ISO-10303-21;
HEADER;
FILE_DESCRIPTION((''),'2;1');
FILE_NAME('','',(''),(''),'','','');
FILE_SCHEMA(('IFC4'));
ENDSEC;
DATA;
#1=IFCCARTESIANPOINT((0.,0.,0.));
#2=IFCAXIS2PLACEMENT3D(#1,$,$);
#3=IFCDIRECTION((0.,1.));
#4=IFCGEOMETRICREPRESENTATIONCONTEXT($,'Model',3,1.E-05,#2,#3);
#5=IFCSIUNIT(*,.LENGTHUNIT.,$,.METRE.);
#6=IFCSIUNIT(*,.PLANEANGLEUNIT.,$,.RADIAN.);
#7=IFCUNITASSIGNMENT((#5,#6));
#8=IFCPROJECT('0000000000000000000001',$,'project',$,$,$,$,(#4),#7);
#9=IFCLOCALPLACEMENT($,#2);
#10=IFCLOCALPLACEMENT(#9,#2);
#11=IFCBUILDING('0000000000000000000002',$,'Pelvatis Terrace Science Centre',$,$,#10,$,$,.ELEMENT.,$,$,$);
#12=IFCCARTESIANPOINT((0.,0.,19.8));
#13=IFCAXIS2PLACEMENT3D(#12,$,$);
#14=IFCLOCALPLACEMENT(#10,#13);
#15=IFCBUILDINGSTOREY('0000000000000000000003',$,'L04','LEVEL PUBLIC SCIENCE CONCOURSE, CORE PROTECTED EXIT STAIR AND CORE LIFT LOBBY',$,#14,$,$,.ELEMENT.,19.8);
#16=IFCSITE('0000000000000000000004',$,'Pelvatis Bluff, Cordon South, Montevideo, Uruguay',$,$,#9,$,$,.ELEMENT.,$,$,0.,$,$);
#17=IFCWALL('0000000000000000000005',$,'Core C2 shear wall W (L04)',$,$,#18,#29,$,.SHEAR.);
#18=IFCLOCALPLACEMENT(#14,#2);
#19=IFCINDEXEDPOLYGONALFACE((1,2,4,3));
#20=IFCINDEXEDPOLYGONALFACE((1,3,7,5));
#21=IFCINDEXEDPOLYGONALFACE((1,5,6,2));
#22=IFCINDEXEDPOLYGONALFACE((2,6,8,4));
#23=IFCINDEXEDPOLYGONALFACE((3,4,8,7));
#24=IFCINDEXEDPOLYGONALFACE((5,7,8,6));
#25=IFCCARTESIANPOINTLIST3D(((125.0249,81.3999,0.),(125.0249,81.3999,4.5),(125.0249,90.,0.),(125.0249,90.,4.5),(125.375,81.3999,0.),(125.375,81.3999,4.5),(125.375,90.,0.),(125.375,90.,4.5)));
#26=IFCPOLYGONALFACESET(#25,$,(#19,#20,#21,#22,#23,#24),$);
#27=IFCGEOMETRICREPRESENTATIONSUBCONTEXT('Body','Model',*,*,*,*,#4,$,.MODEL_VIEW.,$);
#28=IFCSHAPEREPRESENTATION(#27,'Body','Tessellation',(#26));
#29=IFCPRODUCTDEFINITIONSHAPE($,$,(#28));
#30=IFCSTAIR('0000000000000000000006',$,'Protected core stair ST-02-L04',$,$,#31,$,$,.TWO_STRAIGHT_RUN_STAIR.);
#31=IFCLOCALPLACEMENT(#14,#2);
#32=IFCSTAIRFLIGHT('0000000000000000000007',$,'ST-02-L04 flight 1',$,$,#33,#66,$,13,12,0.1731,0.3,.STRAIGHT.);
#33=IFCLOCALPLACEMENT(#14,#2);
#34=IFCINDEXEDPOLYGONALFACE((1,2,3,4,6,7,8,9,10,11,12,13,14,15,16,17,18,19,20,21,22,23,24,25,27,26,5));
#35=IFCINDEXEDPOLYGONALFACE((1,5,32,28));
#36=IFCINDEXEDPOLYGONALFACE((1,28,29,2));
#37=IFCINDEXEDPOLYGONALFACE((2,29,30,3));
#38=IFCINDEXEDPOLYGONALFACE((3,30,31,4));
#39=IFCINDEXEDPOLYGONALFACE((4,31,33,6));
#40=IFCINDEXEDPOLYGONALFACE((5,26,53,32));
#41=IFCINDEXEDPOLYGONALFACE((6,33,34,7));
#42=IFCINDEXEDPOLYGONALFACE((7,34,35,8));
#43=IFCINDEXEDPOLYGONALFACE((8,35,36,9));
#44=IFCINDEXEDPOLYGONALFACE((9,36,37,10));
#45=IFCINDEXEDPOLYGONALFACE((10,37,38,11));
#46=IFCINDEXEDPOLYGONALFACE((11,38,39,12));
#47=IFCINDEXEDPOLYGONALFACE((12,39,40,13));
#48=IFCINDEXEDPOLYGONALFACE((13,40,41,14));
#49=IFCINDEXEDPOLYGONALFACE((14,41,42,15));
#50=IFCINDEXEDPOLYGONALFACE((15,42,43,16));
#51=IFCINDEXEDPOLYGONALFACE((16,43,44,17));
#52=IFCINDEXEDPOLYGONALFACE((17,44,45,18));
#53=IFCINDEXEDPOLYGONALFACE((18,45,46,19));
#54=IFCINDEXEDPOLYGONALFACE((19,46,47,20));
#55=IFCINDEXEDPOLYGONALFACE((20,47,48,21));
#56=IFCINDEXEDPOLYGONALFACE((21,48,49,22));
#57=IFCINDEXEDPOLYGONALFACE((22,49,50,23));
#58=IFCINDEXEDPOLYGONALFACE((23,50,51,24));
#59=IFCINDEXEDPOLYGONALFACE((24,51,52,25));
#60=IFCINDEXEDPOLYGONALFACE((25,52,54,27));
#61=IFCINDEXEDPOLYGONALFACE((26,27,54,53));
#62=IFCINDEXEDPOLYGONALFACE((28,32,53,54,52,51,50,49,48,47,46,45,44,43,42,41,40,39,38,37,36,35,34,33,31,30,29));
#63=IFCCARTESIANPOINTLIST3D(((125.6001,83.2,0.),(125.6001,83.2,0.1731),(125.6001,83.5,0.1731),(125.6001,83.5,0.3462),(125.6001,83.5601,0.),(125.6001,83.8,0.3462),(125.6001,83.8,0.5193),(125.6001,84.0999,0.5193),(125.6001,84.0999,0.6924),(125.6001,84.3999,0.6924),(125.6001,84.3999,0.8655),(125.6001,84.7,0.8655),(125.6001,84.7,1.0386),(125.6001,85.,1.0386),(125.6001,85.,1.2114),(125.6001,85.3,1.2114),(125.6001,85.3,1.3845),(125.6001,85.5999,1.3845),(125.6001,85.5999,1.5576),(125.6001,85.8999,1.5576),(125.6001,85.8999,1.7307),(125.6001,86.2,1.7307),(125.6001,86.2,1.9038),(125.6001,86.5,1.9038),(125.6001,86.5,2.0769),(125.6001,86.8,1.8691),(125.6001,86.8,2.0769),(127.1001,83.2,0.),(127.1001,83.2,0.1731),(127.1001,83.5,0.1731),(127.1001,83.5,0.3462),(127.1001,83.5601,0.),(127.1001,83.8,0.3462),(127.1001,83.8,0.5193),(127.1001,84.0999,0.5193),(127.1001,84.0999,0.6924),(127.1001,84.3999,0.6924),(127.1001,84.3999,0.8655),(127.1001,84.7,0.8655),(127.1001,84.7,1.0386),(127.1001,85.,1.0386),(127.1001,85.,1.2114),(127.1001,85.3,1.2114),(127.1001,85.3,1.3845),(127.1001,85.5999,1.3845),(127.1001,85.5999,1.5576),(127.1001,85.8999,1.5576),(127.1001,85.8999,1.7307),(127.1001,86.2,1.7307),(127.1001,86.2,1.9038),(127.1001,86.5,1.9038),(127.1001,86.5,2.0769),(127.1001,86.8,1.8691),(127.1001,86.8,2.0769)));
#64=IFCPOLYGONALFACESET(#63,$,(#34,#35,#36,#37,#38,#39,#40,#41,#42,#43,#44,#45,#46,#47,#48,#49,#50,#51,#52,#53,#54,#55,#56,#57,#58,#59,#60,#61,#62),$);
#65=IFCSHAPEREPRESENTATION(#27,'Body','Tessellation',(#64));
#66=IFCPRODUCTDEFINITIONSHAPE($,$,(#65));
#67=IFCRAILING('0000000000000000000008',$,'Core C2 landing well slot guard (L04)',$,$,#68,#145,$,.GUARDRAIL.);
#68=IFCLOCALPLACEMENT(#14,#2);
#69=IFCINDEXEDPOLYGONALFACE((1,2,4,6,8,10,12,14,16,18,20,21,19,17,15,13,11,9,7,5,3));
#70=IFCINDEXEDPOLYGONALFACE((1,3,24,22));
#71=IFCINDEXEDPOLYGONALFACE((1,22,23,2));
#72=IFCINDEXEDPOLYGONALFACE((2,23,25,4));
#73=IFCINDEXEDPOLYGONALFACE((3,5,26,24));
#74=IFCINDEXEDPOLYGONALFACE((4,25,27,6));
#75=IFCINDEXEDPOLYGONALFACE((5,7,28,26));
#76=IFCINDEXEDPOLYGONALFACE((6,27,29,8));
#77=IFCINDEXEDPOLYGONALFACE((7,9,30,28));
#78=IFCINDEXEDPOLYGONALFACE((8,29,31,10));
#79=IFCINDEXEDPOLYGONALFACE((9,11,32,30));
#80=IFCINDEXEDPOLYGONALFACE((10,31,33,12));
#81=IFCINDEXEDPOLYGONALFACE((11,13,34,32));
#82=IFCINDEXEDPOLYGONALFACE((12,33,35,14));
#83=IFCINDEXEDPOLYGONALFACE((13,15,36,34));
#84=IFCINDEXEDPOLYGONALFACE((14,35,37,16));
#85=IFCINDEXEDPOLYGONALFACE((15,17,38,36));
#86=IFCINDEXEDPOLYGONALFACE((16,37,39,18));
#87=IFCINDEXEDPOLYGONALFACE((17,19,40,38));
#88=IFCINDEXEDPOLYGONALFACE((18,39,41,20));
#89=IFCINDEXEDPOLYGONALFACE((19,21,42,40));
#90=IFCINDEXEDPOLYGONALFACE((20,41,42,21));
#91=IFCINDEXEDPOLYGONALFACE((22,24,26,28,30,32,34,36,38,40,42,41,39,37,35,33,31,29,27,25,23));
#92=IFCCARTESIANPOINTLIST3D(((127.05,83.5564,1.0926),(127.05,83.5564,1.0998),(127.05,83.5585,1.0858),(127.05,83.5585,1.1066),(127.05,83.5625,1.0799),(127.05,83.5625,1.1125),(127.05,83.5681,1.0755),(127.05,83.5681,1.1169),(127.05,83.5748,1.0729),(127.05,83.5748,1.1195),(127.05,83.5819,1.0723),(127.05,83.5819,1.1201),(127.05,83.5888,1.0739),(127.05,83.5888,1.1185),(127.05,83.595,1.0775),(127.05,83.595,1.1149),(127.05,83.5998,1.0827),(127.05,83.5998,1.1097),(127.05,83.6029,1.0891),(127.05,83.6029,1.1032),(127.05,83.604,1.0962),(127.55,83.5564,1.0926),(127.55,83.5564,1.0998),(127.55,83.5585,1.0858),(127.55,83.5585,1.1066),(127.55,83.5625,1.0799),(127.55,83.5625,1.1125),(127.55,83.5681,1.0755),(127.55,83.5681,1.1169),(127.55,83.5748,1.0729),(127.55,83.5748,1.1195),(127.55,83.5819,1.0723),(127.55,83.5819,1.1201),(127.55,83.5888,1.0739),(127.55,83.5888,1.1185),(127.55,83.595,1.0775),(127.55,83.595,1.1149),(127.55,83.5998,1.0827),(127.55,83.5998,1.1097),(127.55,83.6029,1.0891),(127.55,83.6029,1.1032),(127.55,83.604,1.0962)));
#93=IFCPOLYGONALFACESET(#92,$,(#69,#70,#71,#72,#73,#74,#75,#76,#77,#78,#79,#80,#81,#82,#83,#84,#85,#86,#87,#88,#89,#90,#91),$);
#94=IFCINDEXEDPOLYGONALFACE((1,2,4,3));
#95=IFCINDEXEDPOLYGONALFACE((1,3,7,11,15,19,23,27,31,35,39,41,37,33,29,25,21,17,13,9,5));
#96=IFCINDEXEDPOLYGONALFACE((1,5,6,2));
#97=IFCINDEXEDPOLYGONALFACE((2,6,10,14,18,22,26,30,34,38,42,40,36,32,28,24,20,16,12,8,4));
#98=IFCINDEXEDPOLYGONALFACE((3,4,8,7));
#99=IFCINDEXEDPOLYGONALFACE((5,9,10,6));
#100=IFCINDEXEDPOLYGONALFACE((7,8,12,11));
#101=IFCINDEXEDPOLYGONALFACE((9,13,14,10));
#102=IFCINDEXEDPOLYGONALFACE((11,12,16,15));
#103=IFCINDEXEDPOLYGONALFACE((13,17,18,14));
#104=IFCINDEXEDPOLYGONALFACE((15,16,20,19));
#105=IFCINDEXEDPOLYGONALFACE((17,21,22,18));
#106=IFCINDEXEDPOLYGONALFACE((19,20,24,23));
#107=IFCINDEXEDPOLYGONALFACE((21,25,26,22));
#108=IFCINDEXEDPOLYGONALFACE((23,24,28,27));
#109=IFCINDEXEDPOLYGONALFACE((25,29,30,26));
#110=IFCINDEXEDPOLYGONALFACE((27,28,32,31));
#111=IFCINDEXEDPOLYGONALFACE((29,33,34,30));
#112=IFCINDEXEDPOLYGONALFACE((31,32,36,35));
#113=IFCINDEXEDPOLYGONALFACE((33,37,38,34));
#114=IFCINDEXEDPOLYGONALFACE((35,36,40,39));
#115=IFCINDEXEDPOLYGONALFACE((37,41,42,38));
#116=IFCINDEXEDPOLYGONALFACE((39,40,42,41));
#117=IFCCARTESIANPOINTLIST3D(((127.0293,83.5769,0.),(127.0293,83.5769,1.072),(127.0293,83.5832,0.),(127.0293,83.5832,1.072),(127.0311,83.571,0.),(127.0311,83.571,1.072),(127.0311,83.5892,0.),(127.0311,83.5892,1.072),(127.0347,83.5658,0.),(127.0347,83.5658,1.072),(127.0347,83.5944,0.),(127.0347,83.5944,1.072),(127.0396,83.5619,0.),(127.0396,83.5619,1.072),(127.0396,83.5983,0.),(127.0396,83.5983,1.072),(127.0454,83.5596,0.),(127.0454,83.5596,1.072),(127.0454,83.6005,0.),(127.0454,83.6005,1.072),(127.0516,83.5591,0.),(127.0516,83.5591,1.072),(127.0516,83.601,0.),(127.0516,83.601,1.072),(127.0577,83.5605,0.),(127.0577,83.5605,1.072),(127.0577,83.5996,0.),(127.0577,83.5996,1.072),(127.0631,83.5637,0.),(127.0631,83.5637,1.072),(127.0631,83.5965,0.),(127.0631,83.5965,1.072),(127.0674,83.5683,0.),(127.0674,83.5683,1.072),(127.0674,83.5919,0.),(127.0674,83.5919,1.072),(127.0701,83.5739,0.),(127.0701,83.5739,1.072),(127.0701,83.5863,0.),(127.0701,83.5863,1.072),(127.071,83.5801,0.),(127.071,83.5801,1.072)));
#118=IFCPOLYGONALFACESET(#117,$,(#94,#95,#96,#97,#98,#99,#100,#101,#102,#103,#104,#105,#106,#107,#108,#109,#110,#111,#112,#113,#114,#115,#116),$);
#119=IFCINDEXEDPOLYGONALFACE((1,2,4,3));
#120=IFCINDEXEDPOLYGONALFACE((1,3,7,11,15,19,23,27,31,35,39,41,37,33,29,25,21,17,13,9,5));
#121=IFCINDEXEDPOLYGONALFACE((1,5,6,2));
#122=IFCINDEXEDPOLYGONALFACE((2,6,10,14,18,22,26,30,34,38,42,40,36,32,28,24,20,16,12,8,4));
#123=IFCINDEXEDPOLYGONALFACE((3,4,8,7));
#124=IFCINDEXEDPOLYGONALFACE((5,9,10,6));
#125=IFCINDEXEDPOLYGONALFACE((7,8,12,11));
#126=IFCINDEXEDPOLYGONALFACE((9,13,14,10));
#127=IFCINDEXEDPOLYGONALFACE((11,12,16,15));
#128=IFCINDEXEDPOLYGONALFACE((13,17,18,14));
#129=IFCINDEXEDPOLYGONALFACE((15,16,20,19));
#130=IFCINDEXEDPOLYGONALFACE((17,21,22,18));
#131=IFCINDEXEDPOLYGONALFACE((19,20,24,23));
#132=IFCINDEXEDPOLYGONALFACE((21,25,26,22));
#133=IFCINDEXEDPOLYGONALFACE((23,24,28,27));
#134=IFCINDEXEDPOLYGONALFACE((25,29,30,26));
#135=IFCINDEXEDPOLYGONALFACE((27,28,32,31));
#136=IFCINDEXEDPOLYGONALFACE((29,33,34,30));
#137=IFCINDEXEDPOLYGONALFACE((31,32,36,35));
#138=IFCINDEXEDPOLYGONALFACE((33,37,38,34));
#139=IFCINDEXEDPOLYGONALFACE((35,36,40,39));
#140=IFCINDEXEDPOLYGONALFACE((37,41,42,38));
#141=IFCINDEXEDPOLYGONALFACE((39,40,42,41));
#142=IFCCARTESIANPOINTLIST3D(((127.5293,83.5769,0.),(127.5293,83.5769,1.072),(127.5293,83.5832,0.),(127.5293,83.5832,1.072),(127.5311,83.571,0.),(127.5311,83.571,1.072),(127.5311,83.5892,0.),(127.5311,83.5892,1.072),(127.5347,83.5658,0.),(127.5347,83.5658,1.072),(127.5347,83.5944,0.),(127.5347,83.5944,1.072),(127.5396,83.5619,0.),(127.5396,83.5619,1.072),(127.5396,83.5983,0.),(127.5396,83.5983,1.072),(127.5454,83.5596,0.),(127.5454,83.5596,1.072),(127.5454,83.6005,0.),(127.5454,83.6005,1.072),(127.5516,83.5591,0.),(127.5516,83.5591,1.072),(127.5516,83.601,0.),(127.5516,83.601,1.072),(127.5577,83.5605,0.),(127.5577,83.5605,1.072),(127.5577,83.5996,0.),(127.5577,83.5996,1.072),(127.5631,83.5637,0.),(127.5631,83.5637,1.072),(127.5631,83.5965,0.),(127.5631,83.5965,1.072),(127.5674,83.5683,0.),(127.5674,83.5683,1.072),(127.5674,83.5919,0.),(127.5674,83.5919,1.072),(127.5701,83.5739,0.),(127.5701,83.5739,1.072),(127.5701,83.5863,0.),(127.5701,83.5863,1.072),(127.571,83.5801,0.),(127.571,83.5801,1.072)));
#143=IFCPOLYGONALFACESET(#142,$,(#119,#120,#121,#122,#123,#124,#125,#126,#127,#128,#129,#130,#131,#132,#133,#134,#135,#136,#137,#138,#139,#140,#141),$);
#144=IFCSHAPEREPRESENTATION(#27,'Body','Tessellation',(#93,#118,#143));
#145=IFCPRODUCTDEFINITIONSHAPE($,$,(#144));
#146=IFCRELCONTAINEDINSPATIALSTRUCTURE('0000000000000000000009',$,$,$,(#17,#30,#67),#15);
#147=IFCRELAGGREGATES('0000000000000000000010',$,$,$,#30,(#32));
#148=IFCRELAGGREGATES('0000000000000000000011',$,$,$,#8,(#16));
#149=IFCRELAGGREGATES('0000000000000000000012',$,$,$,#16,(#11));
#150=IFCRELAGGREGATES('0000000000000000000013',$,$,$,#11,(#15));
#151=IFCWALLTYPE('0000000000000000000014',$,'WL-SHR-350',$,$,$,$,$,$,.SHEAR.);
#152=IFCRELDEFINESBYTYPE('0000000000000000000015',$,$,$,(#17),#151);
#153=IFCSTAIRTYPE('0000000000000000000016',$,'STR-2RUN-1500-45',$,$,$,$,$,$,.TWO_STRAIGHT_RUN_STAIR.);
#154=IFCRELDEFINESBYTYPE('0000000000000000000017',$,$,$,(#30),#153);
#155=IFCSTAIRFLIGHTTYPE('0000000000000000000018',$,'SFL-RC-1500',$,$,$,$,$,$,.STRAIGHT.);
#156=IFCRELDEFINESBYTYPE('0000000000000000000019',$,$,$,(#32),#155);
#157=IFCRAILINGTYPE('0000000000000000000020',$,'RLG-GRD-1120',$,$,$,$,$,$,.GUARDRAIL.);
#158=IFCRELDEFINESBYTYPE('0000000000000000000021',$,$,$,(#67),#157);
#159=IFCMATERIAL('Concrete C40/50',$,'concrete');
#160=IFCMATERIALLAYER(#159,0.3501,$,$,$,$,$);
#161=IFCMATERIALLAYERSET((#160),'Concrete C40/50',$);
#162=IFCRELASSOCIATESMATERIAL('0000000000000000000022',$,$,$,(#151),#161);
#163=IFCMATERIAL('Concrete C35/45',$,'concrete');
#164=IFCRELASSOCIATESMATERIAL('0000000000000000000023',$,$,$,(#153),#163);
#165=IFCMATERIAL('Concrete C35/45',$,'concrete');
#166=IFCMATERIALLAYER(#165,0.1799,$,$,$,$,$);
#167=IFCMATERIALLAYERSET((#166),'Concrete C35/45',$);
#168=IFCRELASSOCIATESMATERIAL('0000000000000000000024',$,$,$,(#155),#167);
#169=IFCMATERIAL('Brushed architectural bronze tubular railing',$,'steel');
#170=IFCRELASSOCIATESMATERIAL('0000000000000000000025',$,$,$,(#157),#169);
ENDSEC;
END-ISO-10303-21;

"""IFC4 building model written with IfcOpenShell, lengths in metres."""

from ifc_helpers import new_model, si_unit, direction, frame, frame_2d, origin, origin_2d, place, context, subcontext, project, spatial, polyline, rectangle, circle, outline, extrude, material, layer, layer_set, type_object, element, aggregate, save


model = new_model("IFC4")

# Units and contexts
model_context = context("Model", 3, precision=1e-05, world=origin(), true_north=direction((0.0, 1.0)))
body_context = subcontext(model_context, "Body", "Model", "MODEL_VIEW")
ifc_project = project(units=[si_unit("LENGTHUNIT", "METRE"), si_unit("PLANEANGLEUNIT", "RADIAN")], contexts=[model_context])

# Site, building, storey
site_placement = place(None, origin())
site = spatial("IfcSite", under=ifc_project, at=site_placement, Name="Pelvatis Bluff, Cordon South, Montevideo, Uruguay", CompositionType="ELEMENT", RefElevation=0.0)
building_placement = place(site_placement, origin())
building = spatial("IfcBuilding", under=site, at=building_placement, Name="Pelvatis Terrace Science Centre", CompositionType="ELEMENT")
storey_placement = place(building_placement, frame((0.0, 0.0, 19.8)))
storey = spatial("IfcBuildingStorey", under=building, at=storey_placement, Name="L04", Description="LEVEL PUBLIC SCIENCE CONCOURSE, CORE PROTECTED EXIT STAIR AND CORE LIFT LOBBY", CompositionType="ELEMENT", Elevation=19.8)

# Wall
ifc_material_1 = material(Name="Concrete C40/50", Category="concrete")
ifc_layer_1 = layer(ifc_material_1, 0.3501)
ifc_layer_set_1 = layer_set([ifc_layer_1], Name="Concrete C40/50")
wall_type_1 = type_object("IfcWallType", Name="WL-SHR-350", PredefinedType="SHEAR", material=ifc_layer_set_1)
wall_1_placement = place(storey_placement, frame((125.2, 81.3999, 0.0), z_axis=(0.0, 0.0, 1.0), x_axis=(0.0, 1.0, 0.0)))
element("IfcWall", 1, at=wall_1_placement, inside=storey, type_object=wall_type_1, Name="Core C2 shear wall W (L04)", PredefinedType="SHEAR", context=body_context, shape_type="SweptSolid", body=[
    extrude(rectangle(XDim=8.6001, YDim=0.3501, at=frame_2d((4.3, 0.0))), origin(), (0.0, 0.0, 1.0), 4.5),
])

# Stair, stair flight
ifc_material_2 = material(Name="Concrete C35/45", Category="concrete")
stair_type = type_object("IfcStairType", Name="STR-2RUN-1500-45", PredefinedType="TWO_STRAIGHT_RUN_STAIR", material=ifc_material_2)
stair_placement = place(storey_placement, origin())
stair = element("IfcStair", 2, at=stair_placement, inside=storey, type_object=stair_type, Name="Protected core stair ST-02-L04", PredefinedType="TWO_STRAIGHT_RUN_STAIR")
ifc_material_3 = material(Name="Concrete C35/45", Category="concrete")
ifc_layer_2 = layer(ifc_material_3, 0.1799)
ifc_layer_set_2 = layer_set([ifc_layer_2], Name="Concrete C35/45")
stair_flight_type = type_object("IfcStairFlightType", Name="SFL-RC-1500", PredefinedType="STRAIGHT", material=ifc_layer_set_2)
stair_flight_placement = place(storey_placement, frame((126.3501, 83.2, 0.0), z_axis=(0.0, 0.0, 1.0), x_axis=(0.0, 1.0, 0.0)))
stair_flight = element("IfcStairFlight", 3, at=stair_flight_placement, type_object=stair_flight_type, Name="ST-02-L04 flight 1", NumberOfRisers=13, NumberOfTreads=12, PredefinedType="STRAIGHT", RiserHeight=0.1731, TreadLength=0.3, context=body_context, shape_type="SweptSolid", body=[
    extrude(outline(polyline([(0.0, 0.0), (0.0, 0.1731), (0.3, 0.1731), (0.3, 0.3462), (0.6001, 0.3462), (0.6001, 0.5193), (0.8999, 0.5193), (0.8999, 0.6924), (1.2, 0.6924), (1.2, 0.8655), (1.5, 0.8655), (1.5, 1.0386), (1.8, 1.0386), (1.8, 1.2114), (2.1001, 1.2114), (2.1001, 1.3845), (2.3999, 1.3845), (2.3999, 1.5576), (2.7, 1.5576), (2.7, 1.7307), (3.0, 1.7307), (3.0, 1.9038), (3.3, 1.9038), (3.3, 2.0769), (3.6001, 2.0769), (3.6001, 2.25), (3.6001, 1.8691), (0.3601, 0.0), (0.0, 0.0)])), frame((0.0, 0.75, 0.0), z_axis=(0.0, -1.0, 0.0), x_axis=(1.0, 0.0, 0.0)), (0.0, 0.0, 1.0), 1.5),
])
aggregate(stair, [stair_flight])

# Railing
ifc_material_4 = material(Name="Brushed architectural bronze tubular railing", Category="steel")
railing_type_1 = type_object("IfcRailingType", Name="RLG-GRD-1120", PredefinedType="GUARDRAIL", material=ifc_material_4)
railing_1_placement = place(storey_placement, frame((127.05, 83.5801, 0.0)))
element("IfcRailing", 4, at=railing_1_placement, inside=storey, type_object=railing_type_1, Name="Core C2 landing well slot guard (L04)", PredefinedType="GUARDRAIL", context=body_context, shape_type="SweptSolid", body=[
    extrude(circle(Radius=0.0239, at=origin_2d()), frame((0.0, 0.0, 1.0962), z_axis=(1.0, 0.0, 0.0), x_axis=(0.0, 1.0, 0.0)), (0.0, 0.0, 1.0), 0.5),
    extrude(circle(Radius=0.021, at=origin_2d()), origin(), (0.0, 0.0, 1.0), 1.072),
    extrude(circle(Radius=0.021, at=origin_2d()), frame((0.5, 0.0, 0.0)), (0.0, 0.0, 1.0), 1.072),
])

save(model, "model.ifc")
